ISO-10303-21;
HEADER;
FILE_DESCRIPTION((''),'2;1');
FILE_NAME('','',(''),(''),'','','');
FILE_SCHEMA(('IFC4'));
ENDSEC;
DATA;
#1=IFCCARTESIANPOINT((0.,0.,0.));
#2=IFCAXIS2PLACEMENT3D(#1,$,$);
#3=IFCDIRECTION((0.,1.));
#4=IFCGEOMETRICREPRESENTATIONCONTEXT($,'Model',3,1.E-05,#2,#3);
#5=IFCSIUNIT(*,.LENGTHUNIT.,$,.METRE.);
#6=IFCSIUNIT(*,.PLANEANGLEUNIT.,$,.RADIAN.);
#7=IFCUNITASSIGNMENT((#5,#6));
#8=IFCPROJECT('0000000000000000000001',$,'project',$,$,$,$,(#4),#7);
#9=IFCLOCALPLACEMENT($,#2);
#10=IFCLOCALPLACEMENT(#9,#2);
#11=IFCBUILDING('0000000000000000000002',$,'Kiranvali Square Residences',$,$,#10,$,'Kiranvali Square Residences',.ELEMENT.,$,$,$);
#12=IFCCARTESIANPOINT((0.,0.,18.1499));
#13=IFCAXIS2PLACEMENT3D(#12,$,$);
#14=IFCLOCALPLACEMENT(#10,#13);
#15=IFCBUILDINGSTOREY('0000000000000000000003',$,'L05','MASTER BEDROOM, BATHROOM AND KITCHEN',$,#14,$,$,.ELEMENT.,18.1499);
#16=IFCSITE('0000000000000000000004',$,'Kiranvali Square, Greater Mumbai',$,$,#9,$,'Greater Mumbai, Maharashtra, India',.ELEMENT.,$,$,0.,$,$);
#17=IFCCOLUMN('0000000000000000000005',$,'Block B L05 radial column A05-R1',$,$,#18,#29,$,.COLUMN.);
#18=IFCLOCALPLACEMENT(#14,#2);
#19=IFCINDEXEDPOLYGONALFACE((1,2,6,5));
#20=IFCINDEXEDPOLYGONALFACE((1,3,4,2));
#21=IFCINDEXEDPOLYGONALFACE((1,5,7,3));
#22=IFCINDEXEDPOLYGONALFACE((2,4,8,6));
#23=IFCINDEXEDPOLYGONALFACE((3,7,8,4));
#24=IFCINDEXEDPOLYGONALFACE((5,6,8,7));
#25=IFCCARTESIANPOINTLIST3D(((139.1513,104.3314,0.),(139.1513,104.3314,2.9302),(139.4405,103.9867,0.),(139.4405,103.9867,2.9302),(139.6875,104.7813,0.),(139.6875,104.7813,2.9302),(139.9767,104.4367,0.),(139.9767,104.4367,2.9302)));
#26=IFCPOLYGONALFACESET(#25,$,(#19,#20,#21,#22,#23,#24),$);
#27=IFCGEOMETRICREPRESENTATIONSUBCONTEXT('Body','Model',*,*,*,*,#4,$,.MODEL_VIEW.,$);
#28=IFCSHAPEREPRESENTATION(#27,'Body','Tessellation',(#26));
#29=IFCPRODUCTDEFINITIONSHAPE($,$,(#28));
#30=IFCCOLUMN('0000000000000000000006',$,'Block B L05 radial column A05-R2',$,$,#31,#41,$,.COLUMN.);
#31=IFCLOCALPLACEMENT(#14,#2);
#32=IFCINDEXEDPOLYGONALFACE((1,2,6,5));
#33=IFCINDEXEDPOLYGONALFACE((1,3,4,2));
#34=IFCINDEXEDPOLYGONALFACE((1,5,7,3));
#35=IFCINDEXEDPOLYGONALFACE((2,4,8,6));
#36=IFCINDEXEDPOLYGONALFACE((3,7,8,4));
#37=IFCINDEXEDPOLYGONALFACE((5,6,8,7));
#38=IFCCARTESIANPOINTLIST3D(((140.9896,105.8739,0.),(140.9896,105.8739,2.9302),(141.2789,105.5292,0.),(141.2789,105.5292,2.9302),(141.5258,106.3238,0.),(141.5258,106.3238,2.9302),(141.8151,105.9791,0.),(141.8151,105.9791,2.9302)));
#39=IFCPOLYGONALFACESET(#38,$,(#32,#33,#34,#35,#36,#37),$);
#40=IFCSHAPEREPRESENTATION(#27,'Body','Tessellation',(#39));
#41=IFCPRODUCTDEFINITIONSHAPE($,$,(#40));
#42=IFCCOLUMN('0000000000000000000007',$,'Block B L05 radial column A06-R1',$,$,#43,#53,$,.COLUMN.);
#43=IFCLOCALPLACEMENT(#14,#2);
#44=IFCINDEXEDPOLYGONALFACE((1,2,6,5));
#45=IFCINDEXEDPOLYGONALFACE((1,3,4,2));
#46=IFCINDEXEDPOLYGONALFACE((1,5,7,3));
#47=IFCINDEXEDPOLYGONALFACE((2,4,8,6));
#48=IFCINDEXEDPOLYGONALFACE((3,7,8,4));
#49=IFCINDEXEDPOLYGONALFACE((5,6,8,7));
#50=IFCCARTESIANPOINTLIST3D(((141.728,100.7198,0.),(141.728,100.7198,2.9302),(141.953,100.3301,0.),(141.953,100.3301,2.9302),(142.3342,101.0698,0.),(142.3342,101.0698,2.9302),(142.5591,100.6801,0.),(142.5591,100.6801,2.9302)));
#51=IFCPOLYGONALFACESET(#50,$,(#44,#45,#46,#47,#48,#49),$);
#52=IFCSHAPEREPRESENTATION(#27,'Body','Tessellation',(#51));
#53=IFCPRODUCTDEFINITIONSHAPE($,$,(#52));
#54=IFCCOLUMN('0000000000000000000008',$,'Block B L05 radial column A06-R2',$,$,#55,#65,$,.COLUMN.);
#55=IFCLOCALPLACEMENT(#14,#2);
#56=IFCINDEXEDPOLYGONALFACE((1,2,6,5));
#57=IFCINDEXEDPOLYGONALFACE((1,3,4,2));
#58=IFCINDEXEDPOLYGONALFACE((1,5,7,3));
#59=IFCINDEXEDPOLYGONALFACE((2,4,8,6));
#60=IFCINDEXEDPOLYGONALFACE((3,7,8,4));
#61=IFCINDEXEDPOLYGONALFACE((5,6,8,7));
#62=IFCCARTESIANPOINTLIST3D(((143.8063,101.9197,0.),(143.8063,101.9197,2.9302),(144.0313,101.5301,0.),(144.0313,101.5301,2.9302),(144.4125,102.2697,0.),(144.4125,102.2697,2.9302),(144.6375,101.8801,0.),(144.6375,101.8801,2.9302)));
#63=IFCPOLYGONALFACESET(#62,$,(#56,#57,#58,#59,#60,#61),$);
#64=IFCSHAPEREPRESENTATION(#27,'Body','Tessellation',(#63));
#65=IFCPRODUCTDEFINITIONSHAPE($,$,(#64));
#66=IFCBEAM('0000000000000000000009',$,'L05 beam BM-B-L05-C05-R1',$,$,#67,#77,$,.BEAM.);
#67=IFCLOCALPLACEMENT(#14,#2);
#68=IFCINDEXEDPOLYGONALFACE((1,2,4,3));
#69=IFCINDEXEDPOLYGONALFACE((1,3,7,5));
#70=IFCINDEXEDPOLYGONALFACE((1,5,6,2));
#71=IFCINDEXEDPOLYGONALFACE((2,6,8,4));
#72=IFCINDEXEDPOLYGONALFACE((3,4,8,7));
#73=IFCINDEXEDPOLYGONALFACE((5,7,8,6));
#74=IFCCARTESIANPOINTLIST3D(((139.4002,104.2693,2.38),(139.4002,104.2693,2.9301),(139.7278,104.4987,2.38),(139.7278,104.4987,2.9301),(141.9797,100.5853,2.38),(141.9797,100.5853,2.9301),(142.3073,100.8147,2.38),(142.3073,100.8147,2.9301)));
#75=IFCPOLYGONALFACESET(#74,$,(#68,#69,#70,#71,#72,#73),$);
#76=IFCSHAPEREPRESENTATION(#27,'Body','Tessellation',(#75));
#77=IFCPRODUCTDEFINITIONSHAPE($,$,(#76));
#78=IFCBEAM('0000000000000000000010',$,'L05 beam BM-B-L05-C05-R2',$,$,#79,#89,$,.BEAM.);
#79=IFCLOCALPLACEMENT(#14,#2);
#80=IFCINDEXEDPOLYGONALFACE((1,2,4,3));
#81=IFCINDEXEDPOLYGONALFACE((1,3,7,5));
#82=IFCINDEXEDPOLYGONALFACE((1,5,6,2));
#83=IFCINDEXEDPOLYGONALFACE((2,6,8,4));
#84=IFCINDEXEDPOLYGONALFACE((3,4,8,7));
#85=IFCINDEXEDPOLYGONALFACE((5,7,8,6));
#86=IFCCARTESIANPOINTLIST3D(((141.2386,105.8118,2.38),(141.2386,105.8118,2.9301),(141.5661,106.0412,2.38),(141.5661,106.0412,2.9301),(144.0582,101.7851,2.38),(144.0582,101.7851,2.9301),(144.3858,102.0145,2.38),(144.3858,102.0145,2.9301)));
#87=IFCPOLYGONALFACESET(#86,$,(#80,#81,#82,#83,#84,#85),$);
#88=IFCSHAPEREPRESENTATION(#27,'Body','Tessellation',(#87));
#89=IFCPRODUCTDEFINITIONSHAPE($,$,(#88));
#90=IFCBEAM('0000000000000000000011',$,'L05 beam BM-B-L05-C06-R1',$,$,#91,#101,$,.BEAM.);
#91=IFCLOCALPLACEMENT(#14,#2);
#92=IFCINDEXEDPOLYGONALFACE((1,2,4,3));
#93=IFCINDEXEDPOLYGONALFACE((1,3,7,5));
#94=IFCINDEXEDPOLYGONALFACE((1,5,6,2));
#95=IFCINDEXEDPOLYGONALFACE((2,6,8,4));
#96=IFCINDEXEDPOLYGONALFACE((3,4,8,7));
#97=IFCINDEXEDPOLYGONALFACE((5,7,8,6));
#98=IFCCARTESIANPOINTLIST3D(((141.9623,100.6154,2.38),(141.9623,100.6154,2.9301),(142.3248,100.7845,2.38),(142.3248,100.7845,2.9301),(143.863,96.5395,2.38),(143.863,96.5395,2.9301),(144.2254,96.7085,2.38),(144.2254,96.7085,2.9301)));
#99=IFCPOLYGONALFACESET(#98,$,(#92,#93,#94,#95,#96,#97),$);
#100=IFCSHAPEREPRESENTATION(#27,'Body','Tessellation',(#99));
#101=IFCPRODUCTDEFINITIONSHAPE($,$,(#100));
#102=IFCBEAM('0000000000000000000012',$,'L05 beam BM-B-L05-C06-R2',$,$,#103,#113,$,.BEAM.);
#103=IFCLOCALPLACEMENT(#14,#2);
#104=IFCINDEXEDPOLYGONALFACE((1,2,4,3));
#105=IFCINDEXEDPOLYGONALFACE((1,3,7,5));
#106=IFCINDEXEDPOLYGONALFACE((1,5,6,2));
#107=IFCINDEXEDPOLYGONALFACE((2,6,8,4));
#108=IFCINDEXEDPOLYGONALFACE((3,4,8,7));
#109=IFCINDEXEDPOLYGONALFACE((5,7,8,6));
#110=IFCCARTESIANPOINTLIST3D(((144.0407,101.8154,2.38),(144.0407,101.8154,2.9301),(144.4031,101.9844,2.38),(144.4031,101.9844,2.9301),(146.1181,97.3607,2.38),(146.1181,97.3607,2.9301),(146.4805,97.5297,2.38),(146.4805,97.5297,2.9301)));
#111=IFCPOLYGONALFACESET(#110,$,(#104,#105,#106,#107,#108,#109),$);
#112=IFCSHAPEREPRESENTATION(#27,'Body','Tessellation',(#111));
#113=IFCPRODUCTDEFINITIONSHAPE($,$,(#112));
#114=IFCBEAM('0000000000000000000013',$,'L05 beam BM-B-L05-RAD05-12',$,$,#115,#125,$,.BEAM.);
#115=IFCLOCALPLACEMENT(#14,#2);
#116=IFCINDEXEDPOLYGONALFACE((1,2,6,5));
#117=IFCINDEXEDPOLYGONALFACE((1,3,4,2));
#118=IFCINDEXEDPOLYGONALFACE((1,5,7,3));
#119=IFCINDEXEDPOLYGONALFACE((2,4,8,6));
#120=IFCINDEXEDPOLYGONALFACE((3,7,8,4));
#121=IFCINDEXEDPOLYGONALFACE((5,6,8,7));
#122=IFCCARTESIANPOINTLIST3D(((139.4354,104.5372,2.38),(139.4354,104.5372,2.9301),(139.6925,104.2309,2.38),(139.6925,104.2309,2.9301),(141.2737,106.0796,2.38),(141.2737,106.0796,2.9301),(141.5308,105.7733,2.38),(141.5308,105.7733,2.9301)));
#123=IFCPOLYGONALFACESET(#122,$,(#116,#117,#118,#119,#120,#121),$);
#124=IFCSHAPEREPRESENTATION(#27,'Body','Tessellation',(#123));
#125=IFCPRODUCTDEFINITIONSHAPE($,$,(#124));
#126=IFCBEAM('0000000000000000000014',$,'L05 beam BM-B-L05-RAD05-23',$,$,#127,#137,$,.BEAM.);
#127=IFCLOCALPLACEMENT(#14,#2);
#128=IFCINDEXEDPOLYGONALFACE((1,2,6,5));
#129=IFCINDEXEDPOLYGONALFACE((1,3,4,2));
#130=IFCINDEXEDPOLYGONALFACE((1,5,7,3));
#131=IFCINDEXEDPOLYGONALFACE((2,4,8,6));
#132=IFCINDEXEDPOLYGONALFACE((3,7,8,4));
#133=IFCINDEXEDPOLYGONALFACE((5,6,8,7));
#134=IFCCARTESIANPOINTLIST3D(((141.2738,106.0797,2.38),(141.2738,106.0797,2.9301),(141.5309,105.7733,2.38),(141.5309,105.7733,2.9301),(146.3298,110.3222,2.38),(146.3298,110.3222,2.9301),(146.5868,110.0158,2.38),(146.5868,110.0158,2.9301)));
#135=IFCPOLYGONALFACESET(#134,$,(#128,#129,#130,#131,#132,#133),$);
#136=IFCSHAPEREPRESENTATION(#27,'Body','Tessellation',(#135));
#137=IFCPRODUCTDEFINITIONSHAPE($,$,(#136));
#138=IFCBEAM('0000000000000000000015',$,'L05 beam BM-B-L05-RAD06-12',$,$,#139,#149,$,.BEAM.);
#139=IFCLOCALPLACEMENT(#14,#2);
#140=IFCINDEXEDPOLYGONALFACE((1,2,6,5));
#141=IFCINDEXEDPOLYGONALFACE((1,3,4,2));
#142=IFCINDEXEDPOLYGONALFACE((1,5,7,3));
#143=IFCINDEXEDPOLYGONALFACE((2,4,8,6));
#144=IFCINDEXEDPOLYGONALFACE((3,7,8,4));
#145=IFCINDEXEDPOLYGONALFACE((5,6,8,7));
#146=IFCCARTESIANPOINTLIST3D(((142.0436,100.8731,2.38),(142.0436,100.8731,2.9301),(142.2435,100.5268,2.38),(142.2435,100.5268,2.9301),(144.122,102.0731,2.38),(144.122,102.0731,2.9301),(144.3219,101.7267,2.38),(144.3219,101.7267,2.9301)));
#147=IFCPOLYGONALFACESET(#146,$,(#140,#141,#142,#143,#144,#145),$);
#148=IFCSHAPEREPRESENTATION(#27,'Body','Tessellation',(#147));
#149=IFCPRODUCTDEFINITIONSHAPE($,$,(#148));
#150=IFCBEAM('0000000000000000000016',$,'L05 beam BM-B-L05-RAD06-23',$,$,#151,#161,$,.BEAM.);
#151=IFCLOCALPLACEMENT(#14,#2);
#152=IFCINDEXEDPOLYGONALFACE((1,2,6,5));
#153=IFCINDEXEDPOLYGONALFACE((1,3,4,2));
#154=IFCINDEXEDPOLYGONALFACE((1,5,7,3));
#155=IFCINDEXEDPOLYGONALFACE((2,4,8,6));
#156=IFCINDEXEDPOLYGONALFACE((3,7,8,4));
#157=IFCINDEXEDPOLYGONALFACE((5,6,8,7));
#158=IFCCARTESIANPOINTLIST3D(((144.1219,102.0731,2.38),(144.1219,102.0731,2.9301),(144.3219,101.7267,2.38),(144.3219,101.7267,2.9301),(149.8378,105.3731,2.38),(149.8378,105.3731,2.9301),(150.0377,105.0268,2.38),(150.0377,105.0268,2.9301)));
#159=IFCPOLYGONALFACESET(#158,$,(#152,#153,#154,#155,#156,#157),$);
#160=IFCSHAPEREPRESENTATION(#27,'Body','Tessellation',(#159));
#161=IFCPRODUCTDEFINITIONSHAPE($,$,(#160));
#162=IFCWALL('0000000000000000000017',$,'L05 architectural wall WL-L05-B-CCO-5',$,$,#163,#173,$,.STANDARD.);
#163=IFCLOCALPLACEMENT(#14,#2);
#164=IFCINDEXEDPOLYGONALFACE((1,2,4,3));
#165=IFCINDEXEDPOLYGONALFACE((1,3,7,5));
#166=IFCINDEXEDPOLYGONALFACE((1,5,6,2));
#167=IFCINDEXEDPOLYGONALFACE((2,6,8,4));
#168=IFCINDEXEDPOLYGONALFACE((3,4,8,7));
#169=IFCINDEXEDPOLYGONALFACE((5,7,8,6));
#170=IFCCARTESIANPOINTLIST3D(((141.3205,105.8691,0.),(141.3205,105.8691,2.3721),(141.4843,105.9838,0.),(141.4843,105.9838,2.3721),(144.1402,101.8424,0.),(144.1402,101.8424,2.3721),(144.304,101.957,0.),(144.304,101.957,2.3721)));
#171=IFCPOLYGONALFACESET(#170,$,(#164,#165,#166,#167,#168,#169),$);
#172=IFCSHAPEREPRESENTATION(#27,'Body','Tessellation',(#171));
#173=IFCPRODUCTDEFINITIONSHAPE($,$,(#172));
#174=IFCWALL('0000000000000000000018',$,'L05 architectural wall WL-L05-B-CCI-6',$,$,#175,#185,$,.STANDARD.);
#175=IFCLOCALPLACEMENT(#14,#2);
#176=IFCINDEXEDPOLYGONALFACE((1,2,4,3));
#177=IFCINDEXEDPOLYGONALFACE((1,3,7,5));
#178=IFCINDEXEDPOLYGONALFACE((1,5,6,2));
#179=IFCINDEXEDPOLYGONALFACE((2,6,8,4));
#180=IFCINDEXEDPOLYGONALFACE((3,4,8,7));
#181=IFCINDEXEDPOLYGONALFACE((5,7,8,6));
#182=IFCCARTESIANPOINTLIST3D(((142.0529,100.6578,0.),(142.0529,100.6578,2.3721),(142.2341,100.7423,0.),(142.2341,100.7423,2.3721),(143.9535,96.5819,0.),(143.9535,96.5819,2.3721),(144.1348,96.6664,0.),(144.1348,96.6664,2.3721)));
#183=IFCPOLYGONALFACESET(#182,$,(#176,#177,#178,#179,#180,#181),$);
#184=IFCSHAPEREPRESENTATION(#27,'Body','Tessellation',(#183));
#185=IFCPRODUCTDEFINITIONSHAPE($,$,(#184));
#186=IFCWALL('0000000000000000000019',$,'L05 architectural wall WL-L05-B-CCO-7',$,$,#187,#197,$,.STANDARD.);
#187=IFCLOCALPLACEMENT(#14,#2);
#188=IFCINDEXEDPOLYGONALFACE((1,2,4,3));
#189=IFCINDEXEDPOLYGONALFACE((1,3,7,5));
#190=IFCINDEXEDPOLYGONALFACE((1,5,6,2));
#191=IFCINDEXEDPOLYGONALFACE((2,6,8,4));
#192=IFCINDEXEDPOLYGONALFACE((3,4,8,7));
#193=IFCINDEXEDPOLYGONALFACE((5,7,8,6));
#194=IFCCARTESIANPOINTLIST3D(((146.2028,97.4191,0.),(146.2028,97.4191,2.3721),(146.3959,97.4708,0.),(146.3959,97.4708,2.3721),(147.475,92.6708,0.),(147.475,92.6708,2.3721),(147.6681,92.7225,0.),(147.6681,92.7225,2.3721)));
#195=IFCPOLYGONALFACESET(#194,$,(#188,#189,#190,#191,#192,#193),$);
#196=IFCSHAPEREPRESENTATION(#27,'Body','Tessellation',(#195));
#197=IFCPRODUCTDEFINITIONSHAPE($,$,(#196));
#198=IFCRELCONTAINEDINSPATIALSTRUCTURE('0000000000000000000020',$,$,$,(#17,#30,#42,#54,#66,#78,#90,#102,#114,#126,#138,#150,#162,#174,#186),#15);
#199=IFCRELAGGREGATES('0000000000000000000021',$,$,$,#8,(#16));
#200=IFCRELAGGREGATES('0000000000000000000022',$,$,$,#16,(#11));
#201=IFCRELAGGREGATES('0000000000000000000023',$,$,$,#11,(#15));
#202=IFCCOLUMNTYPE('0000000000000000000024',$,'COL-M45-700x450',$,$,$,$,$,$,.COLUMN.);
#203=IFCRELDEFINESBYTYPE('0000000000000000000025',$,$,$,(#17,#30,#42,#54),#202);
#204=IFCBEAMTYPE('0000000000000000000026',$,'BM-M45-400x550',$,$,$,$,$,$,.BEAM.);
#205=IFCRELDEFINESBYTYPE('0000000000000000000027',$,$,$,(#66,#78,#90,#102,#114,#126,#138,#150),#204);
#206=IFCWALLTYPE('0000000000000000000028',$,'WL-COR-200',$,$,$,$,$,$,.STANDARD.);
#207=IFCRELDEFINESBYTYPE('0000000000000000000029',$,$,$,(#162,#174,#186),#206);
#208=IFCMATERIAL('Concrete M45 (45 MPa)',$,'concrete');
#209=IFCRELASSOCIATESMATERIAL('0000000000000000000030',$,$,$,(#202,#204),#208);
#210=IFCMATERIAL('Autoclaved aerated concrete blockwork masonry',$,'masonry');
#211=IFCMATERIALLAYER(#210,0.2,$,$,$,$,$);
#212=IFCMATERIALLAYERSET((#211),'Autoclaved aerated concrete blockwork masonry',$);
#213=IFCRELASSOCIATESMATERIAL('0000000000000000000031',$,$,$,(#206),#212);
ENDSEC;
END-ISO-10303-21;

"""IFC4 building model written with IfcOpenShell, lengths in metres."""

from ifc_helpers import new_model, si_unit, direction, frame, frame_2d, origin, origin_2d, place, context, subcontext, project, spatial, rectangle, extrude, material, layer, layer_set, material_profile, profile_set, type_object, element, save


model = new_model("IFC4")

# Units and contexts
model_context = context("Model", 3, precision=1e-05, world=origin(), true_north=direction((0.0, 1.0)))
body_context = subcontext(model_context, "Body", "Model", "MODEL_VIEW")
ifc_project = project(units=[si_unit("LENGTHUNIT", "METRE"), si_unit("PLANEANGLEUNIT", "RADIAN")], contexts=[model_context])

# Site, building, storey
site_placement = place(None, origin())
site = spatial("IfcSite", under=ifc_project, at=site_placement, Name="Kiranvali Square, Greater Mumbai", LongName="Greater Mumbai, Maharashtra, India", CompositionType="ELEMENT", RefElevation=0.0)
building_placement = place(site_placement, origin())
building = spatial("IfcBuilding", under=site, at=building_placement, Name="Kiranvali Square Residences", LongName="Kiranvali Square Residences", CompositionType="ELEMENT")
storey_placement = place(building_placement, frame((0.0, 0.0, 18.1499)))
storey = spatial("IfcBuildingStorey", under=building, at=storey_placement, Name="L05", Description="MASTER BEDROOM, BATHROOM AND KITCHEN", CompositionType="ELEMENT", Elevation=18.1499)

# Columns
ifc_material_1 = material(Name="Concrete M45 (45 MPa)", Category="concrete")
ifc_material_profile_1 = material_profile(ifc_material_1, rectangle(XDim=0.45, YDim=0.7, at=origin_2d()), Name="RC 700x450")
ifc_profile_set_1 = profile_set([ifc_material_profile_1], Name="Concrete M45 (45 MPa)")
column_type = type_object("IfcColumnType", Name="COL-M45-700x450", PredefinedType="COLUMN", material=ifc_profile_set_1)
for number, where, z_axis, x_axis, name in (
    (1, (139.564, 104.384, 0.0), (0.0, 0.0, 1.0), (-0.642788, 0.766044, 0.0), "Block B L05 radial column A05-R1"),
    (2, (141.4023, 105.9265, 0.0), (0.0, 0.0, 1.0), (-0.642788, 0.766044, 0.0), "Block B L05 radial column A05-R2"),
    (3, (142.1436, 100.7, 0.0), (0.0, 0.0, 1.0), (-0.5, 0.866025, 0.0), "Block B L05 radial column A06-R1"),
    (4, (144.2219, 101.8999, 0.0), (0.0, 0.0, 1.0), (-0.5, 0.866025, 0.0), "Block B L05 radial column A06-R2"),
):
    element("IfcColumn", number, at=place(storey_placement, frame(where, z_axis=z_axis, x_axis=x_axis)), inside=storey, type_object=column_type, Name=name, PredefinedType="COLUMN", context=body_context, shape_type="SweptSolid", body=[
        extrude(rectangle(XDim=0.45, YDim=0.7, at=origin_2d()), origin(), (0.0, 0.0, 1.0), 2.9302),
    ])

# Beams
ifc_material_profile_2 = material_profile(ifc_material_1, rectangle(XDim=0.3999, YDim=0.55, at=origin_2d()), Name="RC 400x550")
ifc_profile_set_2 = profile_set([ifc_material_profile_2], Name="Concrete M45 (45 MPa)")
beam_type = type_object("IfcBeamType", Name="BM-M45-400x550", PredefinedType="BEAM", material=ifc_profile_set_2)
beam_1_placement = place(storey_placement, frame((139.564, 104.384, 2.655), z_axis=(0.573572, -0.819155, 0.0), x_axis=(0.819155, 0.573572, 0.0)))
element("IfcBeam", 5, at=beam_1_placement, inside=storey, type_object=beam_type, Name="L05 beam BM-B-L05-C05-R1", PredefinedType="BEAM", context=body_context, shape_type="SweptSolid", body=[
    extrude(rectangle(XDim=0.3999, YDim=0.55, at=origin_2d()), origin(), (0.0, 0.0, 1.0), 4.4973),
])
beam_2_placement = place(storey_placement, frame((141.4023, 105.9265, 2.655), z_axis=(0.573592, -0.819141, 0.0), x_axis=(0.819141, 0.573592, 0.0)))
element("IfcBeam", 6, at=beam_2_placement, inside=storey, type_object=beam_type, Name="L05 beam BM-B-L05-C05-R2", PredefinedType="BEAM", context=body_context, shape_type="SweptSolid", body=[
    extrude(rectangle(XDim=0.3999, YDim=0.55, at=origin_2d()), origin(), (0.0, 0.0, 1.0), 4.9158),
])
beam_3_placement = place(storey_placement, frame((142.1436, 100.7, 2.655), z_axis=(0.422618, -0.906308, 0.0), x_axis=(0.906308, 0.422618, 0.0)))
element("IfcBeam", 7, at=beam_3_placement, inside=storey, type_object=beam_type, Name="L05 beam BM-B-L05-C06-R1", PredefinedType="BEAM", context=body_context, shape_type="SweptSolid", body=[
    extrude(rectangle(XDim=0.3999, YDim=0.55, at=origin_2d()), origin(), (0.0, 0.0, 1.0), 4.4973),
])
beam_4_placement = place(storey_placement, frame((144.2219, 101.8999, 2.655), z_axis=(0.42263, -0.906302, 0.0), x_axis=(0.906302, 0.42263, 0.0)))
element("IfcBeam", 8, at=beam_4_placement, inside=storey, type_object=beam_type, Name="L05 beam BM-B-L05-C06-R2", PredefinedType="BEAM", context=body_context, shape_type="SweptSolid", body=[
    extrude(rectangle(XDim=0.3999, YDim=0.55, at=origin_2d()), origin(), (0.0, 0.0, 1.0), 4.9153),
])
beam_5_placement = place(storey_placement, frame((139.564, 104.384, 2.655), z_axis=(0.766065, 0.642763, 0.0), x_axis=(-0.642763, 0.766065, 0.0)))
element("IfcBeam", 9, at=beam_5_placement, inside=storey, type_object=beam_type, Name="L05 beam BM-B-L05-RAD05-12", PredefinedType="BEAM", context=body_context, shape_type="SweptSolid", body=[
    extrude(rectangle(XDim=0.3999, YDim=0.55, at=origin_2d()), origin(), (0.0, 0.0, 1.0), 2.3997),
])
beam_6_placement = place(storey_placement, frame((141.4023, 105.9265, 2.655), z_axis=(0.766043, 0.642789, 0.0), x_axis=(-0.642789, 0.766043, 0.0)))
element("IfcBeam", 10, at=beam_6_placement, inside=storey, type_object=beam_type, Name="L05 beam BM-B-L05-RAD05-23", PredefinedType="BEAM", context=body_context, shape_type="SweptSolid", body=[
    extrude(rectangle(XDim=0.3999, YDim=0.55, at=origin_2d()), origin(), (0.0, 0.0, 1.0), 6.6001),
])
beam_7_placement = place(storey_placement, frame((142.1436, 100.7, 2.655), z_axis=(0.866025, 0.500001, 0.0), x_axis=(-0.500001, 0.866025, 0.0)))
element("IfcBeam", 11, at=beam_7_placement, inside=storey, type_object=beam_type, Name="L05 beam BM-B-L05-RAD06-12", PredefinedType="BEAM", context=body_context, shape_type="SweptSolid", body=[
    extrude(rectangle(XDim=0.3999, YDim=0.55, at=origin_2d()), origin(), (0.0, 0.0, 1.0), 2.3999),
])
beam_8_placement = place(storey_placement, frame((144.2219, 101.8999, 2.655), z_axis=(0.866024, 0.500002, 0.0), x_axis=(-0.500002, 0.866024, 0.0)))
element("IfcBeam", 12, at=beam_8_placement, inside=storey, type_object=beam_type, Name="L05 beam BM-B-L05-RAD06-23", PredefinedType="BEAM", context=body_context, shape_type="SweptSolid", body=[
    extrude(rectangle(XDim=0.3999, YDim=0.55, at=origin_2d()), origin(), (0.0, 0.0, 1.0), 6.6001),
])

# Shared definitions
ifc_material_2 = material(Name="Autoclaved aerated concrete blockwork masonry", Category="masonry")
ifc_layer_1 = layer(ifc_material_2, 0.2)
ifc_layer_set_1 = layer_set([ifc_layer_1], Name="Autoclaved aerated concrete blockwork masonry")
wall_type_1 = type_object("IfcWallType", Name="WL-COR-200", PredefinedType="STANDARD", material=ifc_layer_set_1)

# Walls
wall_1_placement = place(storey_placement, frame((141.4023, 105.9265, 0.0), z_axis=(0.0, 0.0, 1.0), x_axis=(0.573592, -0.819141, 0.0)))
element("IfcWall", 13, at=wall_1_placement, inside=storey, type_object=wall_type_1, Name="L05 architectural wall WL-L05-B-CCO-5", PredefinedType="STANDARD", context=body_context, shape_type="SweptSolid", body=[
    extrude(rectangle(XDim=4.9158, YDim=0.2, at=frame_2d((2.458, 0.0))), origin(), (0.0, 0.0, 1.0), 2.3721),
])
wall_2_placement = place(storey_placement, frame((142.1436, 100.7, 0.0), z_axis=(0.0, 0.0, 1.0), x_axis=(0.422618, -0.906308, 0.0)))
element("IfcWall", 14, at=wall_2_placement, inside=storey, type_object=wall_type_1, Name="L05 architectural wall WL-L05-B-CCI-6", PredefinedType="STANDARD", context=body_context, shape_type="SweptSolid", body=[
    extrude(rectangle(XDim=4.4973, YDim=0.2, at=frame_2d((2.2485, 0.0))), origin(), (0.0, 0.0, 1.0), 2.3721),
])

# Wall
wall_3_placement = place(storey_placement, frame((146.2993, 97.4451, 0.0), z_axis=(0.0, 0.0, 1.0), x_axis=(0.258803, -0.96593, 0.0)))
element("IfcWall", 15, at=wall_3_placement, inside=storey, type_object=wall_type_1, Name="L05 architectural wall WL-L05-B-CCO-7", PredefinedType="STANDARD", context=body_context, shape_type="SweptSolid", body=[
    extrude(rectangle(XDim=4.9158, YDim=0.2, at=frame_2d((2.458, 0.0))), origin(), (0.0, 0.0, 1.0), 2.3721),
])

save(model, "model.ifc")
